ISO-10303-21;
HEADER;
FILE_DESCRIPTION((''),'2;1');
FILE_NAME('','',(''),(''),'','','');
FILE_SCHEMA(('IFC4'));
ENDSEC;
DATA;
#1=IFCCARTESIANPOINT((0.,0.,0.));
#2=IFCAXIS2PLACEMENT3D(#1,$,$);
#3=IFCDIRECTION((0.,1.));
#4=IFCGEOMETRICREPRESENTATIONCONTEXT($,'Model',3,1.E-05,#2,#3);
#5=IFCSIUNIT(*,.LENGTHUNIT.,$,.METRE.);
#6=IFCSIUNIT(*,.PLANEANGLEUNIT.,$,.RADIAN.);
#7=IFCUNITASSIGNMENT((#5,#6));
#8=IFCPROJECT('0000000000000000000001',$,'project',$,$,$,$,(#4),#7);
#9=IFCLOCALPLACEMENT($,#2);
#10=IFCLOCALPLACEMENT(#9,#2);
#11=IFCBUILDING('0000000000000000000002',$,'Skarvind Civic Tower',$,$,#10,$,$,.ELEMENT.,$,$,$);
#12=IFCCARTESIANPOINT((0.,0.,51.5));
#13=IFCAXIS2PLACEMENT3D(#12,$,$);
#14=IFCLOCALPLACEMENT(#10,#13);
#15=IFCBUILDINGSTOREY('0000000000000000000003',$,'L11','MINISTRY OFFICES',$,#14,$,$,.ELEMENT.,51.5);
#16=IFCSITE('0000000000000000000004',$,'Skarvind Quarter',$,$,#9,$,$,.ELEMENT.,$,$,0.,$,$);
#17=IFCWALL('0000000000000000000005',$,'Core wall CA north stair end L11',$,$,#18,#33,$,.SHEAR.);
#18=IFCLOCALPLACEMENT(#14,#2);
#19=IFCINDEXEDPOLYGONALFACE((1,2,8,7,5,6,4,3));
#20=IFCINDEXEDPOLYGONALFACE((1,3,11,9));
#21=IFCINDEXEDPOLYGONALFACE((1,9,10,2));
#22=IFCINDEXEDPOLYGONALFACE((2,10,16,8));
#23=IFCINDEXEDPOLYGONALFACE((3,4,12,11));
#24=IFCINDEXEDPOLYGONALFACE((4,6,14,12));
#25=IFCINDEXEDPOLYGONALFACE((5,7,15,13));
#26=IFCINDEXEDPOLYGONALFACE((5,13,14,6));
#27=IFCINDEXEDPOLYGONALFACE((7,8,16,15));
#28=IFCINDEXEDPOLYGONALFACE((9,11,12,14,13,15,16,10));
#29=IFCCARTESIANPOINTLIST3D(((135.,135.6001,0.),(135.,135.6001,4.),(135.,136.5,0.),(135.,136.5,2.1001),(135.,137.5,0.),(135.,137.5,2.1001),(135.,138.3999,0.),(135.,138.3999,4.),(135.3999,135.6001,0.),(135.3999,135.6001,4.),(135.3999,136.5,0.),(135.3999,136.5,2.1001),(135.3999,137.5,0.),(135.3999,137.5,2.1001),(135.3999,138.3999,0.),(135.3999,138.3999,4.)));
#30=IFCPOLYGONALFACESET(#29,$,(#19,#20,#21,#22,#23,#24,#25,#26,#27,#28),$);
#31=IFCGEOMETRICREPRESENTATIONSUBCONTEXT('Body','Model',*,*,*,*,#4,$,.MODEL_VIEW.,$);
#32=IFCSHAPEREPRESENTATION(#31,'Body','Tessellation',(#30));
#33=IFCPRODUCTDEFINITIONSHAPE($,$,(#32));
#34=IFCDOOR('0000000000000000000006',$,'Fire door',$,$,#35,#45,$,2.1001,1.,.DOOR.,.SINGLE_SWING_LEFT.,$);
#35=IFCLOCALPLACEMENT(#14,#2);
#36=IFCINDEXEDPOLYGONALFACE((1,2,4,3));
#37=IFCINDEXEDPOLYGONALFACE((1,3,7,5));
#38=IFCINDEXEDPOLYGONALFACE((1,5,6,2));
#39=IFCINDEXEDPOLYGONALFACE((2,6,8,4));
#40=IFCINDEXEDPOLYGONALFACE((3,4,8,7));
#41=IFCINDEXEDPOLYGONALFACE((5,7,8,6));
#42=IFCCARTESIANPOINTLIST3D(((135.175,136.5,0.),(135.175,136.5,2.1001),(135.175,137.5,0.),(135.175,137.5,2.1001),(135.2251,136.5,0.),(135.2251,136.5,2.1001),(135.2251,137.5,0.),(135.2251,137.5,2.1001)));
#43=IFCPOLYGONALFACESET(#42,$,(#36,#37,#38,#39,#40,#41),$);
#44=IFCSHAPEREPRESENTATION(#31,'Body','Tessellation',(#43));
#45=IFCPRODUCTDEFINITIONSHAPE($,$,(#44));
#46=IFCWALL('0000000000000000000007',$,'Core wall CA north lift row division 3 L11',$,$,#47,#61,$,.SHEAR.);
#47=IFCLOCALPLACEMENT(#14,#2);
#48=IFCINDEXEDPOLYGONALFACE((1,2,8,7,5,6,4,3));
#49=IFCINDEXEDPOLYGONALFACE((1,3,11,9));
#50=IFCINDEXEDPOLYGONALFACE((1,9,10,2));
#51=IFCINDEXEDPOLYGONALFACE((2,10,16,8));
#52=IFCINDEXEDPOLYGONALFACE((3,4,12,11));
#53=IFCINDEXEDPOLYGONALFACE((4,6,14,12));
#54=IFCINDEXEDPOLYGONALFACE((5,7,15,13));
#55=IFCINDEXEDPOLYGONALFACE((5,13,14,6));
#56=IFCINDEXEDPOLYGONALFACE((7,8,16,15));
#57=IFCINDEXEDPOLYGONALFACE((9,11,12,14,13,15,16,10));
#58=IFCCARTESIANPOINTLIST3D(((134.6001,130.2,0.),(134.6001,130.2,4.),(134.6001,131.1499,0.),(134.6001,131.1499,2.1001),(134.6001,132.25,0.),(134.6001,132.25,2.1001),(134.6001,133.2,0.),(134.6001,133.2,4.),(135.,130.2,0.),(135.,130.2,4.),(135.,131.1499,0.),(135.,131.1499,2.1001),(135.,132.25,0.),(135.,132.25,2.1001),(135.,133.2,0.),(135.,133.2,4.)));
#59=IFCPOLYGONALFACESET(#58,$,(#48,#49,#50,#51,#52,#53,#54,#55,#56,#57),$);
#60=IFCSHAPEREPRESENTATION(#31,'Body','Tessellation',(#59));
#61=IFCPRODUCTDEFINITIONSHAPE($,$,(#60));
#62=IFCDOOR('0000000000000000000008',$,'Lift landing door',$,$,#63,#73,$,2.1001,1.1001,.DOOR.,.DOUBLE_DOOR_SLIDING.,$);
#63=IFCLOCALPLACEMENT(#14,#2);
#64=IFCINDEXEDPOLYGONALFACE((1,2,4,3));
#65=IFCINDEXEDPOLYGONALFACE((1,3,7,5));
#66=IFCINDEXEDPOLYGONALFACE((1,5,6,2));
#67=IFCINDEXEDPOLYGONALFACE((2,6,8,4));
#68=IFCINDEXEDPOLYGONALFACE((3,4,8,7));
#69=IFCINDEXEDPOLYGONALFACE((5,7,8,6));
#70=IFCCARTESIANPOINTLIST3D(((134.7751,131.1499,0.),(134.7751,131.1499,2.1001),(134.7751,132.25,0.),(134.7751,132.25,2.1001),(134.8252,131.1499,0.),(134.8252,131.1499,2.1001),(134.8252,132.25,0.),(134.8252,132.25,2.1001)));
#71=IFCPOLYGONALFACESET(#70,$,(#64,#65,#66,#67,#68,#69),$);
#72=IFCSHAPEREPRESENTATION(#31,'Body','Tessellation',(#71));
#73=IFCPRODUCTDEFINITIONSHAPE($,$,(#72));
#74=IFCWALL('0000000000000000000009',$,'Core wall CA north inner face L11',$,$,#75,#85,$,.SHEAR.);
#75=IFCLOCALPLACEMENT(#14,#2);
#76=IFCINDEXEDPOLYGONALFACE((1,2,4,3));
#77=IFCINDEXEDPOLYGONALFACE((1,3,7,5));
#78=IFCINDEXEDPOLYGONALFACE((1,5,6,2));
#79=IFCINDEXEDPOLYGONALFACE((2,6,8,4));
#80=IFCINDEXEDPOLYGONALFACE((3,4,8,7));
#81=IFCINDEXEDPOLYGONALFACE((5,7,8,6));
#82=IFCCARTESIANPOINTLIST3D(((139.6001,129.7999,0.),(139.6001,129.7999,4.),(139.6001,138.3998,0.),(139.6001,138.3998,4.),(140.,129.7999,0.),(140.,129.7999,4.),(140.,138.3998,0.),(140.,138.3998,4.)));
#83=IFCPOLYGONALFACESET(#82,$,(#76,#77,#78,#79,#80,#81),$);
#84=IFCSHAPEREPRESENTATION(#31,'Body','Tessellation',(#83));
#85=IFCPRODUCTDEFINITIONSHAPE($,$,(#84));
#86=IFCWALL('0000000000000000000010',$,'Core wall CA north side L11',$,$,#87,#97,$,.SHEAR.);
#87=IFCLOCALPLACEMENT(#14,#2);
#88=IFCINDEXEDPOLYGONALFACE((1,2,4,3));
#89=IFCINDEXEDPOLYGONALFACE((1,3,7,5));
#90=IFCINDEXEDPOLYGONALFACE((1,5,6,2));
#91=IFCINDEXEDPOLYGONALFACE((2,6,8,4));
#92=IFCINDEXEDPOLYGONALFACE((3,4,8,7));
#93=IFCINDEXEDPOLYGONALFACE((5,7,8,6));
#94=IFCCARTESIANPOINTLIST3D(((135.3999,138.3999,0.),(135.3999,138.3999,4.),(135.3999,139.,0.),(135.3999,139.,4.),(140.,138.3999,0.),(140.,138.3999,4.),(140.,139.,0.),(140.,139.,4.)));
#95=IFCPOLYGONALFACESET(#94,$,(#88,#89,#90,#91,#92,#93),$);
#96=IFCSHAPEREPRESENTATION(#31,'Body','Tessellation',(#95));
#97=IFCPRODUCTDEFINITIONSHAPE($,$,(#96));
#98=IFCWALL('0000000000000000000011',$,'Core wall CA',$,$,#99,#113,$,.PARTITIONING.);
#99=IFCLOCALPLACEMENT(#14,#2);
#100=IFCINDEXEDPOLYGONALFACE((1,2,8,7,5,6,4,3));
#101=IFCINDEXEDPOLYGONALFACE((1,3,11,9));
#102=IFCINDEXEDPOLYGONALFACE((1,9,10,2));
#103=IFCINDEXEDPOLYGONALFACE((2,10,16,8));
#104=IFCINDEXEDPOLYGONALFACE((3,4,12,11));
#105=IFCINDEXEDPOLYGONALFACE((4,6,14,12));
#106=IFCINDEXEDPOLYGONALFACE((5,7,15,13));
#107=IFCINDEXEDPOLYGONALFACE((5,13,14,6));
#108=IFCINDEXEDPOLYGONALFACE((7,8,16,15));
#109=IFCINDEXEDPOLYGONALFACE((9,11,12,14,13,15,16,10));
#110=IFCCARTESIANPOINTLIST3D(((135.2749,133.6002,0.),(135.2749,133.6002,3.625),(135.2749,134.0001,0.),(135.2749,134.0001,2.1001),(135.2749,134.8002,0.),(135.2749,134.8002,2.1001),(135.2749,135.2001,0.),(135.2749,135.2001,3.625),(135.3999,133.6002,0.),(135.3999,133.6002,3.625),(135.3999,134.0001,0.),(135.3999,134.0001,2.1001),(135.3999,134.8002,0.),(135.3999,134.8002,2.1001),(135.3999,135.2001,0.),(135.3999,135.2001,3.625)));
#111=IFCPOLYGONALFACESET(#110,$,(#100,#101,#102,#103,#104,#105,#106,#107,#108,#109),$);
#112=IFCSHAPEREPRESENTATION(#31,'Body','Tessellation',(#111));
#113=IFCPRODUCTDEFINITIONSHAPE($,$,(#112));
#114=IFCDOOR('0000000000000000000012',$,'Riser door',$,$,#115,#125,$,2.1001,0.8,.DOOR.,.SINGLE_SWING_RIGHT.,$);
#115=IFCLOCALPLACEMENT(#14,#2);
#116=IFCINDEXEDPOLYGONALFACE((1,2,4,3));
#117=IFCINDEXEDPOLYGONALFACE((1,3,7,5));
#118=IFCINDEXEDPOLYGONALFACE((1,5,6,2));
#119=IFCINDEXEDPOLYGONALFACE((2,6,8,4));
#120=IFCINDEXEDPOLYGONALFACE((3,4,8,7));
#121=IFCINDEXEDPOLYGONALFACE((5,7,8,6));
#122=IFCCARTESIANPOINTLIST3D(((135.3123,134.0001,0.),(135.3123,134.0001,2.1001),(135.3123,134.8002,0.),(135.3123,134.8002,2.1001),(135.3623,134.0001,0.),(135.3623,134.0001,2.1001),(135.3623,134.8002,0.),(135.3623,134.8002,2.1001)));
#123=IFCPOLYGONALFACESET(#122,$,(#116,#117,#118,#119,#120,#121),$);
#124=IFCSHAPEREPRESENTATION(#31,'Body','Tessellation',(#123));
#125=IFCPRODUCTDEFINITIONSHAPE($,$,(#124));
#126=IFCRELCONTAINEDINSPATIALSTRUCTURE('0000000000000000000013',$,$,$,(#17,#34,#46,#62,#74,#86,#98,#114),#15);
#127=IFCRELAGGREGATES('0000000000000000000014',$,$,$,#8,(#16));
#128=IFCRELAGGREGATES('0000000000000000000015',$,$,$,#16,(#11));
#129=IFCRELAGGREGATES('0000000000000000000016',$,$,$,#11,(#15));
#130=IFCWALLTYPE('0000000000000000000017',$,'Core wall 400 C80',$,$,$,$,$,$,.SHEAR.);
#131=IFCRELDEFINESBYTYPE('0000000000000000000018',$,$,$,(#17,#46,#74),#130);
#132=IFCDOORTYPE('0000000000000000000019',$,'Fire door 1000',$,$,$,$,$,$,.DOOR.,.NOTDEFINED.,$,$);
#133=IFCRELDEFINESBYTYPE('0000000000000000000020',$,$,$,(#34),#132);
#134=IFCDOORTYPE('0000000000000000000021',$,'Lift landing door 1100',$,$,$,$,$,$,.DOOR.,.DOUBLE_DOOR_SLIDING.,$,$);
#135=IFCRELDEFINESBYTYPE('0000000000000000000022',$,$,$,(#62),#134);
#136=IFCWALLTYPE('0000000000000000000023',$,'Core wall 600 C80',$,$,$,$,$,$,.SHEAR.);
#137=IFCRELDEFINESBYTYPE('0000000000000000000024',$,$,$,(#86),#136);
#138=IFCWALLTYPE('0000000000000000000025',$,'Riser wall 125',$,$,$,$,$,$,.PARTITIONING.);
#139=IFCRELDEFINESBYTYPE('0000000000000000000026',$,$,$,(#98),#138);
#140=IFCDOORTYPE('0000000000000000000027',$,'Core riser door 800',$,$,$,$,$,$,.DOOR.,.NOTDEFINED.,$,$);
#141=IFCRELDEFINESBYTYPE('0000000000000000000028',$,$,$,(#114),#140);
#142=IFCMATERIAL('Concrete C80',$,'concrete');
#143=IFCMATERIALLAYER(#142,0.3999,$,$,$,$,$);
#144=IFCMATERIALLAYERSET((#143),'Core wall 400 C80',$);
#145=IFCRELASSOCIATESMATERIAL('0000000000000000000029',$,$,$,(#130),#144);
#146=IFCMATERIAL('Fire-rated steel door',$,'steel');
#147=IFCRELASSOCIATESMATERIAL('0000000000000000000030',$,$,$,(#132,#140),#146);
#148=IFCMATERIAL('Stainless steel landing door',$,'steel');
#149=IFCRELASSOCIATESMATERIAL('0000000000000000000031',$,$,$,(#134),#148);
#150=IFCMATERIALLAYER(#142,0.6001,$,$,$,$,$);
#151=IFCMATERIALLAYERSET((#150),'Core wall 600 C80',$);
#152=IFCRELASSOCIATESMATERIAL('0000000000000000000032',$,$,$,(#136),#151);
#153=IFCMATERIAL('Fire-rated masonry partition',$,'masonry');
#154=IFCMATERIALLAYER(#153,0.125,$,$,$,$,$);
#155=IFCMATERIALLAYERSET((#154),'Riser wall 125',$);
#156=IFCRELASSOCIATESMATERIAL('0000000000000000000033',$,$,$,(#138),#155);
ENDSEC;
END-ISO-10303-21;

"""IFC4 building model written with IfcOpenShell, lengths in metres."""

from ifc_helpers import new_model, si_unit, direction, frame, frame_2d, origin, place, context, subcontext, project, spatial, rectangle, extrude, material, layer, layer_set, type_object, element, fill, save


model = new_model("IFC4")

# Units and contexts
model_context = context("Model", 3, precision=1e-05, world=origin(), true_north=direction((0.0, 1.0)))
body_context = subcontext(model_context, "Body", "Model", "MODEL_VIEW")
ifc_project = project(units=[si_unit("LENGTHUNIT", "METRE"), si_unit("PLANEANGLEUNIT", "RADIAN")], contexts=[model_context])

# Site, building, storey
site_placement = place(None, origin())
site = spatial("IfcSite", under=ifc_project, at=site_placement, Name="Skarvind Quarter", CompositionType="ELEMENT", RefElevation=0.0)
building_placement = place(site_placement, origin())
building = spatial("IfcBuilding", under=site, at=building_placement, Name="Skarvind Civic Tower", CompositionType="ELEMENT")
storey_placement = place(building_placement, frame((0.0, 0.0, 51.5)))
storey = spatial("IfcBuildingStorey", under=building, at=storey_placement, Name="L11", Description="MINISTRY OFFICES", CompositionType="ELEMENT", Elevation=51.5)

# Walls, openings, doors
ifc_material_1 = material(Name="Fire-rated masonry partition", Category="masonry")
ifc_material_2 = material(Name="Fire-rated steel door", Category="steel")
ifc_material_3 = material(Name="Concrete C80", Category="concrete")
ifc_layer_1 = layer(ifc_material_3, 0.3999)
ifc_layer_set_1 = layer_set([ifc_layer_1], Name="Core wall 400 C80")
wall_type_1 = type_object("IfcWallType", Name="Core wall 400 C80", PredefinedType="SHEAR", material=ifc_layer_set_1)
wall_1_placement = place(storey_placement, frame((135.2, 135.6001, 0.0), z_axis=(0.0, 0.0, 1.0), x_axis=(0.0, 1.0, 0.0)))
wall_1 = element("IfcWall", 1, at=wall_1_placement, inside=storey, type_object=wall_type_1, Name="Core wall CA north stair end L11", PredefinedType="SHEAR", context=body_context, shape_type="SweptSolid", body=[
    extrude(rectangle(XDim=2.7998, YDim=0.3999, at=frame_2d((1.3999, 0.0))), origin(), (0.0, 0.0, 1.0), 4.0),
])
opening_1_placement = place(wall_1_placement, frame((0.8999, 0.0, 0.0)))
opening_1 = element("IfcOpeningElement", 2, at=opening_1_placement, cuts=wall_1, PredefinedType="OPENING", context=body_context, shape_type="SweptSolid", body=[
    extrude(rectangle(XDim=1.0, YDim=2.1001, at=frame_2d((0.5, 1.05))), frame((0.0, 0.21, 0.0), z_axis=(0.0, -1.0, 0.0), x_axis=(1.0, 0.0, 0.0)), (0.0, 0.0, 1.0), 0.4199),
])
door_type_1 = type_object("IfcDoorType", Name="Fire door 1000", OperationType="NOTDEFINED", PredefinedType="DOOR", material=ifc_material_2)
door_1_placement = place(opening_1_placement, origin())
door_1 = element("IfcDoor", 3, at=door_1_placement, inside=storey, type_object=door_type_1, Name="Fire door", OperationType="SINGLE_SWING_LEFT", OverallHeight=2.1001, OverallWidth=1.0, PredefinedType="DOOR", context=body_context, shape_type="SweptSolid", body=[
    extrude(rectangle(XDim=1.0, YDim=2.1001, at=frame_2d((0.5, 1.05))), frame((0.0, 0.0249, 0.0), z_axis=(0.0, -1.0, 0.0), x_axis=(1.0, 0.0, 0.0)), (0.0, 0.0, 1.0), 0.05),
])
fill(opening_1, door_1)
wall_2_placement = place(storey_placement, frame((134.8, 130.2, 0.0), z_axis=(0.0, 0.0, 1.0), x_axis=(0.0, 1.0, 0.0)))
wall_2 = element("IfcWall", 4, at=wall_2_placement, inside=storey, type_object=wall_type_1, Name="Core wall CA north lift row division 3 L11", PredefinedType="SHEAR", context=body_context, shape_type="SweptSolid", body=[
    extrude(rectangle(XDim=3.0, YDim=0.3999, at=frame_2d((1.5, 0.0))), origin(), (0.0, 0.0, 1.0), 4.0),
])
opening_2_placement = place(wall_2_placement, frame((0.95, 0.0, 0.0)))
opening_2 = element("IfcOpeningElement", 5, at=opening_2_placement, cuts=wall_2, PredefinedType="OPENING", context=body_context, shape_type="SweptSolid", body=[
    extrude(rectangle(XDim=1.1001, YDim=2.1001, at=frame_2d((0.55, 1.05))), frame((0.0, 0.21, 0.0), z_axis=(0.0, -1.0, 0.0), x_axis=(1.0, 0.0, 0.0)), (0.0, 0.0, 1.0), 0.4199),
])
ifc_material_4 = material(Name="Stainless steel landing door", Category="steel")
door_type_2 = type_object("IfcDoorType", Name="Lift landing door 1100", OperationType="DOUBLE_DOOR_SLIDING", PredefinedType="DOOR", material=ifc_material_4)
door_2_placement = place(opening_2_placement, origin())
door_2 = element("IfcDoor", 6, at=door_2_placement, inside=storey, type_object=door_type_2, Name="Lift landing door", OperationType="DOUBLE_DOOR_SLIDING", OverallHeight=2.1001, OverallWidth=1.1001, PredefinedType="DOOR", context=body_context, shape_type="SweptSolid", body=[
    extrude(rectangle(XDim=1.1001, YDim=2.1001, at=frame_2d((0.55, 1.05))), frame((0.0, 0.0249, 0.0), z_axis=(0.0, -1.0, 0.0), x_axis=(1.0, 0.0, 0.0)), (0.0, 0.0, 1.0), 0.05),
])
fill(opening_2, door_2)

# Walls
wall_3_placement = place(storey_placement, frame((139.8, 129.8, 0.0), z_axis=(0.0, 0.0, 1.0), x_axis=(0.0, 1.0, 0.0)))
element("IfcWall", 7, at=wall_3_placement, inside=storey, type_object=wall_type_1, Name="Core wall CA north inner face L11", PredefinedType="SHEAR", context=body_context, shape_type="SweptSolid", body=[
    extrude(rectangle(XDim=8.5999, YDim=0.3999, at=frame_2d((4.2998, 0.0))), origin(), (0.0, 0.0, 1.0), 4.0),
])
ifc_layer_2 = layer(ifc_material_3, 0.6001)
ifc_layer_set_2 = layer_set([ifc_layer_2], Name="Core wall 600 C80")
wall_type_2 = type_object("IfcWallType", Name="Core wall 600 C80", PredefinedType="SHEAR", material=ifc_layer_set_2)
wall_4_placement = place(storey_placement, frame((135.3999, 138.7, 0.0), z_axis=(0.0, 0.0, 1.0), x_axis=(1.0, 0.0, 0.0)))
element("IfcWall", 8, at=wall_4_placement, inside=storey, type_object=wall_type_2, Name="Core wall CA north side L11", PredefinedType="SHEAR", context=body_context, shape_type="SweptSolid", body=[
    extrude(rectangle(XDim=4.6001, YDim=0.6001, at=frame_2d((2.3, 0.0))), origin(), (0.0, 0.0, 1.0), 4.0),
])

# Wall, opening, door
ifc_layer_3 = layer(ifc_material_1, 0.125)
ifc_layer_set_3 = layer_set([ifc_layer_3], Name="Riser wall 125")
wall_type_3 = type_object("IfcWallType", Name="Riser wall 125", PredefinedType="PARTITIONING", material=ifc_layer_set_3)
wall_5_placement = place(storey_placement, frame((135.3374, 135.2, 0.0), z_axis=(0.0, 0.0, 1.0), x_axis=(0.0, -1.0, 0.0)))
wall_5 = element("IfcWall", 9, at=wall_5_placement, inside=storey, type_object=wall_type_3, Name="Core wall CA", PredefinedType="PARTITIONING", context=body_context, shape_type="SweptSolid", body=[
    extrude(rectangle(XDim=1.5999, YDim=0.125, at=frame_2d((0.7998, 0.0))), origin(), (0.0, 0.0, 1.0), 3.625),
])
opening_3_placement = place(wall_5_placement, frame((0.3999, 0.0, 0.0)))
opening_3 = element("IfcOpeningElement", 10, at=opening_3_placement, cuts=wall_5, PredefinedType="OPENING", context=body_context, shape_type="SweptSolid", body=[
    extrude(rectangle(XDim=0.8, YDim=2.1001, at=frame_2d((0.3999, 1.05))), frame((0.0, 0.0725, 0.0), z_axis=(0.0, -1.0, 0.0), x_axis=(1.0, 0.0, 0.0)), (0.0, 0.0, 1.0), 0.145),
])
door_type_3 = type_object("IfcDoorType", Name="Core riser door 800", OperationType="NOTDEFINED", PredefinedType="DOOR", material=ifc_material_2)
door_3_placement = place(opening_3_placement, origin())
door_3 = element("IfcDoor", 11, at=door_3_placement, inside=storey, type_object=door_type_3, Name="Riser door", OperationType="SINGLE_SWING_RIGHT", OverallHeight=2.1001, OverallWidth=0.8, PredefinedType="DOOR", context=body_context, shape_type="SweptSolid", body=[
    extrude(rectangle(XDim=0.8, YDim=2.1001, at=frame_2d((0.3999, 1.05))), frame((0.0, 0.0249, 0.0), z_axis=(0.0, -1.0, 0.0), x_axis=(1.0, 0.0, 0.0)), (0.0, 0.0, 1.0), 0.05),
])
fill(opening_3, door_3)

save(model, "model.ifc")
